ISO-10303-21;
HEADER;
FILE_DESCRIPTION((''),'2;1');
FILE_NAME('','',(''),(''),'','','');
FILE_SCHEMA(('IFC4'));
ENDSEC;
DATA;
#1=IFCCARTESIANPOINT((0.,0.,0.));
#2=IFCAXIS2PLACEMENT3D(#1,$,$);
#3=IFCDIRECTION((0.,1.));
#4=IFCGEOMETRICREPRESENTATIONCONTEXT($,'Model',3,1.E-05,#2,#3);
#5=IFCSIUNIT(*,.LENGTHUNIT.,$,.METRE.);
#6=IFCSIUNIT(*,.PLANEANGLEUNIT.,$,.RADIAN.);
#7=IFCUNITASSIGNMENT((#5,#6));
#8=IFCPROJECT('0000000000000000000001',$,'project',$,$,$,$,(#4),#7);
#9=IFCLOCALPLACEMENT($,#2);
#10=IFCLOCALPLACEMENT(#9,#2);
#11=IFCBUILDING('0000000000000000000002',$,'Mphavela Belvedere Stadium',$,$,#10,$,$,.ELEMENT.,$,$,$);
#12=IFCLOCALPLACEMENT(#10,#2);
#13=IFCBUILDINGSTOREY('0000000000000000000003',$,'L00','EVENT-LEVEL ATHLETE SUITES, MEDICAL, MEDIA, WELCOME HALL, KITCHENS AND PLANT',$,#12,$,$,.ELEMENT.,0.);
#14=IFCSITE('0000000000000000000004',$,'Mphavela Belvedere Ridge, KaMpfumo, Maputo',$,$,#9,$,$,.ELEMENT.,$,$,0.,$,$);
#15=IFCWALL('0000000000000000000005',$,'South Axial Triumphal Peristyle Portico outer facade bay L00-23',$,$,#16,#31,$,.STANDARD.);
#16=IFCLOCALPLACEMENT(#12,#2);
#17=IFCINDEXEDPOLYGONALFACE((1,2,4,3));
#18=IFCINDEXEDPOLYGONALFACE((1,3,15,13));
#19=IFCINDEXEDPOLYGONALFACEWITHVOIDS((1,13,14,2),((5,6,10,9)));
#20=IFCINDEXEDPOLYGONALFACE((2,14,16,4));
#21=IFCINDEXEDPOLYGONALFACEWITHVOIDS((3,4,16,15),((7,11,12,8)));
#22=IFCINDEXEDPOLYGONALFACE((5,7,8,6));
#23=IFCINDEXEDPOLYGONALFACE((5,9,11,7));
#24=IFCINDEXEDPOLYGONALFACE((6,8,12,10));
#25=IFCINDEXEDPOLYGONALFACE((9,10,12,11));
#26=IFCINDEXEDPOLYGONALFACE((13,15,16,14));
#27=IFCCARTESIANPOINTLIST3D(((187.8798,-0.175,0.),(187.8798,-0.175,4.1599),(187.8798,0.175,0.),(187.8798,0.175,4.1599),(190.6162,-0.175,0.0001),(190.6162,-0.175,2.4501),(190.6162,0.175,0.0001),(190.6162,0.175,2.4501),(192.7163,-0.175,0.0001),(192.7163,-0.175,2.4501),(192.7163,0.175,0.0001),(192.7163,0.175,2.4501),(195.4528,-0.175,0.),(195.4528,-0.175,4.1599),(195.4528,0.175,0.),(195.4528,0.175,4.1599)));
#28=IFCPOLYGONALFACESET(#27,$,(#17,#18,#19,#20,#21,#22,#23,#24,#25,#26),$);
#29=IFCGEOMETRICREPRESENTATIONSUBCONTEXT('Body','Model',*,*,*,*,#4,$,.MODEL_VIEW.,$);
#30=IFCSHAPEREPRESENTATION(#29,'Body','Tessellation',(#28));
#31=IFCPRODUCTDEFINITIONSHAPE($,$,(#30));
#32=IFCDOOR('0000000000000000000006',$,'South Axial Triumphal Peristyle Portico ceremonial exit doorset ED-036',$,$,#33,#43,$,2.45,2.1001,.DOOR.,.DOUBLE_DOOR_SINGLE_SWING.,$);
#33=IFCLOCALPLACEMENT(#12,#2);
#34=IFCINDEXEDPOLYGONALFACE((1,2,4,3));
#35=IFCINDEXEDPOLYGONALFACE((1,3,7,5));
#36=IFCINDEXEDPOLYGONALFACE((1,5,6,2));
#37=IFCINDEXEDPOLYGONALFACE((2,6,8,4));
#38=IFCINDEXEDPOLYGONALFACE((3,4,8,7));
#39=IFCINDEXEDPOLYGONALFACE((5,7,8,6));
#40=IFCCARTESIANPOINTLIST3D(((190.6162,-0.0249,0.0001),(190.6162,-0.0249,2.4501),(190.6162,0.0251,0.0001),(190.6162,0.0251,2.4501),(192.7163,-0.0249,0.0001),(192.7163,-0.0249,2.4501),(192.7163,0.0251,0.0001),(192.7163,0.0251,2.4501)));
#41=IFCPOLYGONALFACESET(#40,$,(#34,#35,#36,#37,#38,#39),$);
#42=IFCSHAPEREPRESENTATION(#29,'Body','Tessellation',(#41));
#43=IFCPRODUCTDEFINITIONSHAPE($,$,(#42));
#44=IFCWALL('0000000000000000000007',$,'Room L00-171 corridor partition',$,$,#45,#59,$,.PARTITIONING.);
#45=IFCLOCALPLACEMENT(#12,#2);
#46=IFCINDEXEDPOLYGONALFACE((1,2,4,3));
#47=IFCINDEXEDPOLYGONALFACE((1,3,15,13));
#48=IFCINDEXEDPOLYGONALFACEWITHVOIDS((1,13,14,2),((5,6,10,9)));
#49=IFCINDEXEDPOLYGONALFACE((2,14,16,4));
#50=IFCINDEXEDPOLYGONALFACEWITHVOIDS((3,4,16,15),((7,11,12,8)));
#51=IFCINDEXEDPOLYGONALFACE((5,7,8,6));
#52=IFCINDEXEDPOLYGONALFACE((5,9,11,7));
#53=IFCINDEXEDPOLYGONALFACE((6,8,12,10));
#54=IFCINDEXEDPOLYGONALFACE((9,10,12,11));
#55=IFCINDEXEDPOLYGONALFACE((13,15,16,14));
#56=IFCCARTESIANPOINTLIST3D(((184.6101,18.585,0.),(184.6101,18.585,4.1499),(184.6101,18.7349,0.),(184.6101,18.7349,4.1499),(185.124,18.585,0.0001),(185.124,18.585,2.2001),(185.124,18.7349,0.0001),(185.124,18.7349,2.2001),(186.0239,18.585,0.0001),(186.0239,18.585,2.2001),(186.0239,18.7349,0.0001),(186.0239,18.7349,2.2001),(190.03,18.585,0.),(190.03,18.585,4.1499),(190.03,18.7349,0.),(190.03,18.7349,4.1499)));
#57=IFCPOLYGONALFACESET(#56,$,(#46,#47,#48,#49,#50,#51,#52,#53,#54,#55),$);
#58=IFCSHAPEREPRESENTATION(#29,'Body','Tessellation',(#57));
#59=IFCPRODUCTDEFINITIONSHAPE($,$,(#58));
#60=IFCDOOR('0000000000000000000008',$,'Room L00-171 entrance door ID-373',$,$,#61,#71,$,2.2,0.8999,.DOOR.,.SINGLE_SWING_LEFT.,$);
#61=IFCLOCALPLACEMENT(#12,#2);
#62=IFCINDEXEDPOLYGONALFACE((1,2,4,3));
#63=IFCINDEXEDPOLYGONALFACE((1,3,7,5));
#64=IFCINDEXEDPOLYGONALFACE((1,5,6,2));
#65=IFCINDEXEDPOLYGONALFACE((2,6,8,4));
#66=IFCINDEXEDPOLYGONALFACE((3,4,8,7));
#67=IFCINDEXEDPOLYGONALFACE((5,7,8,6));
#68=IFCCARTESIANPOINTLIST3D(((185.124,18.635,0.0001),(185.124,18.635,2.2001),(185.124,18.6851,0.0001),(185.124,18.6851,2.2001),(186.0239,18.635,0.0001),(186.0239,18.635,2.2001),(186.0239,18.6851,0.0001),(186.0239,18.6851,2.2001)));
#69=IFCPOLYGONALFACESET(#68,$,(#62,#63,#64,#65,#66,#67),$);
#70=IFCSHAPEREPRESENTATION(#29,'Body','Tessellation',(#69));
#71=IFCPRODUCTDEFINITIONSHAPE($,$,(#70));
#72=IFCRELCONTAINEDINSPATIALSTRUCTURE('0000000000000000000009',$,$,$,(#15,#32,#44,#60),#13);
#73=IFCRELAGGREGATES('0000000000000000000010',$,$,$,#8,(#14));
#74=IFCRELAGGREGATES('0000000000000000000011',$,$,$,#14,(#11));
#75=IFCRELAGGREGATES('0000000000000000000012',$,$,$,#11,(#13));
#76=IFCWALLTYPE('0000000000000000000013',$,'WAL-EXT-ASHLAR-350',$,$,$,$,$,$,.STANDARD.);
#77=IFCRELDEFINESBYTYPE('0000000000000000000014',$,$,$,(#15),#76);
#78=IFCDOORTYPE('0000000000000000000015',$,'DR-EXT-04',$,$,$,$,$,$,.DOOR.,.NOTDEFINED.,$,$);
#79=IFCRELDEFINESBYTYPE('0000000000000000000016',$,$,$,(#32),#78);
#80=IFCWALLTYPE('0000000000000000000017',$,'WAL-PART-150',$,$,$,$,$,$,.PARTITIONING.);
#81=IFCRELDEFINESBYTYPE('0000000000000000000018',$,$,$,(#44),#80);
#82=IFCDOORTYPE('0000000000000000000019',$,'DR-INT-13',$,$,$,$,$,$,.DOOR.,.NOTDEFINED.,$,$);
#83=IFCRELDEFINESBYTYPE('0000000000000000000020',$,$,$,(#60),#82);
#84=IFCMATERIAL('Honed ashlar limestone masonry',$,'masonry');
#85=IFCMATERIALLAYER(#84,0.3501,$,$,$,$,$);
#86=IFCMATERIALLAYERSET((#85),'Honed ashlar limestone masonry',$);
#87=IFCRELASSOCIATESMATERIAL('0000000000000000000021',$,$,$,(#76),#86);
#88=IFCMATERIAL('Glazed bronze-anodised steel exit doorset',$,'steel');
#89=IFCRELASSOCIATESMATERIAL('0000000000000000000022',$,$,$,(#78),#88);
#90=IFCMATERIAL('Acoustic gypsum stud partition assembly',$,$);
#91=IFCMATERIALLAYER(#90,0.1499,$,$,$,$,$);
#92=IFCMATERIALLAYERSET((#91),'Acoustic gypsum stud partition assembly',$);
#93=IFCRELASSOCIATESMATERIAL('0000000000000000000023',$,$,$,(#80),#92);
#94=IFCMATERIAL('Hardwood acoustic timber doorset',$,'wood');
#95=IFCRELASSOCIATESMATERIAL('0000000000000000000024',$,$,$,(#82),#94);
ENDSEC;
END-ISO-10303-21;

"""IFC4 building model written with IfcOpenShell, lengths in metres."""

from ifc_helpers import new_model, si_unit, direction, frame, frame_2d, origin, place, context, subcontext, project, spatial, rectangle, extrude, material, layer, layer_set, type_object, element, fill, save


model = new_model("IFC4")

# Units and contexts
model_context = context("Model", 3, precision=1e-05, world=origin(), true_north=direction((0.0, 1.0)))
body_context = subcontext(model_context, "Body", "Model", "MODEL_VIEW")
ifc_project = project(units=[si_unit("LENGTHUNIT", "METRE"), si_unit("PLANEANGLEUNIT", "RADIAN")], contexts=[model_context])

# Site, building, storey
site_placement = place(None, origin())
site = spatial("IfcSite", under=ifc_project, at=site_placement, Name="Mphavela Belvedere Ridge, KaMpfumo, Maputo", CompositionType="ELEMENT", RefElevation=0.0)
building_placement = place(site_placement, origin())
building = spatial("IfcBuilding", under=site, at=building_placement, Name="Mphavela Belvedere Stadium", CompositionType="ELEMENT")
storey_placement = place(building_placement, origin())
storey = spatial("IfcBuildingStorey", under=building, at=storey_placement, Name="L00", Description="EVENT-LEVEL ATHLETE SUITES, MEDICAL, MEDIA, WELCOME HALL, KITCHENS AND PLANT", CompositionType="ELEMENT", Elevation=0.0)

# Walls, openings, doors
ifc_material_1 = material(Name="Honed ashlar limestone masonry", Category="masonry")
ifc_layer_1 = layer(ifc_material_1, 0.3501)
ifc_layer_set_1 = layer_set([ifc_layer_1], Name="Honed ashlar limestone masonry")
wall_type_1 = type_object("IfcWallType", Name="WAL-EXT-ASHLAR-350", PredefinedType="STANDARD", material=ifc_layer_set_1)
wall_1_placement = place(storey_placement, frame((195.4529, 0.0, 0.0), z_axis=(0.0, 0.0, 1.0), x_axis=(-1.0, 0.0, 0.0)))
wall_1 = element("IfcWall", 1, at=wall_1_placement, inside=storey, type_object=wall_type_1, Name="South Axial Triumphal Peristyle Portico outer facade bay L00-23", PredefinedType="STANDARD", context=body_context, shape_type="SweptSolid", body=[
    extrude(rectangle(XDim=7.573, YDim=0.3501, at=frame_2d((3.7866, 0.0))), origin(), (0.0, 0.0, 1.0), 4.1599),
])
opening_1_placement = place(wall_1_placement, frame((2.7366, 0.0, 0.0)))
opening_1 = element("IfcOpeningElement", 2, at=opening_1_placement, cuts=wall_1, PredefinedType="OPENING", context=body_context, shape_type="SweptSolid", body=[
    extrude(rectangle(XDim=2.1001, YDim=2.45, at=frame_2d((1.05, 1.2251))), frame((0.0, 0.1851, 0.0), z_axis=(0.0, -1.0, 0.0), x_axis=(1.0, 0.0, 0.0)), (0.0, 0.0, 1.0), 0.3701),
])
ifc_material_2 = material(Name="Glazed bronze-anodised steel exit doorset", Category="steel")
door_type_1 = type_object("IfcDoorType", Name="DR-EXT-04", OperationType="NOTDEFINED", PredefinedType="DOOR", material=ifc_material_2)
door_1_placement = place(opening_1_placement, origin())
door_1 = element("IfcDoor", 3, at=door_1_placement, inside=storey, type_object=door_type_1, Name="South Axial Triumphal Peristyle Portico ceremonial exit doorset ED-036", OperationType="DOUBLE_DOOR_SINGLE_SWING", OverallHeight=2.45, OverallWidth=2.1001, PredefinedType="DOOR", context=body_context, shape_type="SweptSolid", body=[
    extrude(rectangle(XDim=2.1001, YDim=2.45, at=frame_2d((1.05, 1.2251))), frame((0.0, 0.0249, 0.0), z_axis=(0.0, -1.0, 0.0), x_axis=(1.0, 0.0, 0.0)), (0.0, 0.0, 1.0), 0.05),
])
fill(opening_1, door_1)
ifc_material_3 = material(Name="Acoustic gypsum stud partition assembly")
ifc_layer_2 = layer(ifc_material_3, 0.1499)
ifc_layer_set_2 = layer_set([ifc_layer_2], Name="Acoustic gypsum stud partition assembly")
wall_type_2 = type_object("IfcWallType", Name="WAL-PART-150", PredefinedType="PARTITIONING", material=ifc_layer_set_2)
wall_2_placement = place(storey_placement, frame((190.03, 18.6599, 0.0), z_axis=(0.0, 0.0, 1.0), x_axis=(-1.0, 0.0, 0.0)))
wall_2 = element("IfcWall", 4, at=wall_2_placement, inside=storey, type_object=wall_type_2, Name="Room L00-171 corridor partition", PredefinedType="PARTITIONING", context=body_context, shape_type="SweptSolid", body=[
    extrude(rectangle(XDim=5.4199, YDim=0.1499, at=frame_2d((2.71, 0.0))), origin(), (0.0, 0.0, 1.0), 4.1499),
])
opening_2_placement = place(wall_2_placement, frame((4.0061, 0.0, 0.0)))
opening_2 = element("IfcOpeningElement", 5, at=opening_2_placement, cuts=wall_2, PredefinedType="OPENING", context=body_context, shape_type="SweptSolid", body=[
    extrude(rectangle(XDim=0.8999, YDim=2.2, at=frame_2d((0.45, 1.1001))), frame((0.0, 0.085, 0.0), z_axis=(0.0, -1.0, 0.0), x_axis=(1.0, 0.0, 0.0)), (0.0, 0.0, 1.0), 0.1699),
])
ifc_material_4 = material(Name="Hardwood acoustic timber doorset", Category="wood")
door_type_2 = type_object("IfcDoorType", Name="DR-INT-13", OperationType="NOTDEFINED", PredefinedType="DOOR", material=ifc_material_4)
door_2_placement = place(opening_2_placement, origin())
door_2 = element("IfcDoor", 6, at=door_2_placement, inside=storey, type_object=door_type_2, Name="Room L00-171 entrance door ID-373", OperationType="SINGLE_SWING_LEFT", OverallHeight=2.2, OverallWidth=0.8999, PredefinedType="DOOR", context=body_context, shape_type="SweptSolid", body=[
    extrude(rectangle(XDim=0.8999, YDim=2.2, at=frame_2d((0.45, 1.1001))), frame((0.0, 0.0249, 0.0), z_axis=(0.0, -1.0, 0.0), x_axis=(1.0, 0.0, 0.0)), (0.0, 0.0, 1.0), 0.05),
])
fill(opening_2, door_2)

save(model, "model.ifc")
